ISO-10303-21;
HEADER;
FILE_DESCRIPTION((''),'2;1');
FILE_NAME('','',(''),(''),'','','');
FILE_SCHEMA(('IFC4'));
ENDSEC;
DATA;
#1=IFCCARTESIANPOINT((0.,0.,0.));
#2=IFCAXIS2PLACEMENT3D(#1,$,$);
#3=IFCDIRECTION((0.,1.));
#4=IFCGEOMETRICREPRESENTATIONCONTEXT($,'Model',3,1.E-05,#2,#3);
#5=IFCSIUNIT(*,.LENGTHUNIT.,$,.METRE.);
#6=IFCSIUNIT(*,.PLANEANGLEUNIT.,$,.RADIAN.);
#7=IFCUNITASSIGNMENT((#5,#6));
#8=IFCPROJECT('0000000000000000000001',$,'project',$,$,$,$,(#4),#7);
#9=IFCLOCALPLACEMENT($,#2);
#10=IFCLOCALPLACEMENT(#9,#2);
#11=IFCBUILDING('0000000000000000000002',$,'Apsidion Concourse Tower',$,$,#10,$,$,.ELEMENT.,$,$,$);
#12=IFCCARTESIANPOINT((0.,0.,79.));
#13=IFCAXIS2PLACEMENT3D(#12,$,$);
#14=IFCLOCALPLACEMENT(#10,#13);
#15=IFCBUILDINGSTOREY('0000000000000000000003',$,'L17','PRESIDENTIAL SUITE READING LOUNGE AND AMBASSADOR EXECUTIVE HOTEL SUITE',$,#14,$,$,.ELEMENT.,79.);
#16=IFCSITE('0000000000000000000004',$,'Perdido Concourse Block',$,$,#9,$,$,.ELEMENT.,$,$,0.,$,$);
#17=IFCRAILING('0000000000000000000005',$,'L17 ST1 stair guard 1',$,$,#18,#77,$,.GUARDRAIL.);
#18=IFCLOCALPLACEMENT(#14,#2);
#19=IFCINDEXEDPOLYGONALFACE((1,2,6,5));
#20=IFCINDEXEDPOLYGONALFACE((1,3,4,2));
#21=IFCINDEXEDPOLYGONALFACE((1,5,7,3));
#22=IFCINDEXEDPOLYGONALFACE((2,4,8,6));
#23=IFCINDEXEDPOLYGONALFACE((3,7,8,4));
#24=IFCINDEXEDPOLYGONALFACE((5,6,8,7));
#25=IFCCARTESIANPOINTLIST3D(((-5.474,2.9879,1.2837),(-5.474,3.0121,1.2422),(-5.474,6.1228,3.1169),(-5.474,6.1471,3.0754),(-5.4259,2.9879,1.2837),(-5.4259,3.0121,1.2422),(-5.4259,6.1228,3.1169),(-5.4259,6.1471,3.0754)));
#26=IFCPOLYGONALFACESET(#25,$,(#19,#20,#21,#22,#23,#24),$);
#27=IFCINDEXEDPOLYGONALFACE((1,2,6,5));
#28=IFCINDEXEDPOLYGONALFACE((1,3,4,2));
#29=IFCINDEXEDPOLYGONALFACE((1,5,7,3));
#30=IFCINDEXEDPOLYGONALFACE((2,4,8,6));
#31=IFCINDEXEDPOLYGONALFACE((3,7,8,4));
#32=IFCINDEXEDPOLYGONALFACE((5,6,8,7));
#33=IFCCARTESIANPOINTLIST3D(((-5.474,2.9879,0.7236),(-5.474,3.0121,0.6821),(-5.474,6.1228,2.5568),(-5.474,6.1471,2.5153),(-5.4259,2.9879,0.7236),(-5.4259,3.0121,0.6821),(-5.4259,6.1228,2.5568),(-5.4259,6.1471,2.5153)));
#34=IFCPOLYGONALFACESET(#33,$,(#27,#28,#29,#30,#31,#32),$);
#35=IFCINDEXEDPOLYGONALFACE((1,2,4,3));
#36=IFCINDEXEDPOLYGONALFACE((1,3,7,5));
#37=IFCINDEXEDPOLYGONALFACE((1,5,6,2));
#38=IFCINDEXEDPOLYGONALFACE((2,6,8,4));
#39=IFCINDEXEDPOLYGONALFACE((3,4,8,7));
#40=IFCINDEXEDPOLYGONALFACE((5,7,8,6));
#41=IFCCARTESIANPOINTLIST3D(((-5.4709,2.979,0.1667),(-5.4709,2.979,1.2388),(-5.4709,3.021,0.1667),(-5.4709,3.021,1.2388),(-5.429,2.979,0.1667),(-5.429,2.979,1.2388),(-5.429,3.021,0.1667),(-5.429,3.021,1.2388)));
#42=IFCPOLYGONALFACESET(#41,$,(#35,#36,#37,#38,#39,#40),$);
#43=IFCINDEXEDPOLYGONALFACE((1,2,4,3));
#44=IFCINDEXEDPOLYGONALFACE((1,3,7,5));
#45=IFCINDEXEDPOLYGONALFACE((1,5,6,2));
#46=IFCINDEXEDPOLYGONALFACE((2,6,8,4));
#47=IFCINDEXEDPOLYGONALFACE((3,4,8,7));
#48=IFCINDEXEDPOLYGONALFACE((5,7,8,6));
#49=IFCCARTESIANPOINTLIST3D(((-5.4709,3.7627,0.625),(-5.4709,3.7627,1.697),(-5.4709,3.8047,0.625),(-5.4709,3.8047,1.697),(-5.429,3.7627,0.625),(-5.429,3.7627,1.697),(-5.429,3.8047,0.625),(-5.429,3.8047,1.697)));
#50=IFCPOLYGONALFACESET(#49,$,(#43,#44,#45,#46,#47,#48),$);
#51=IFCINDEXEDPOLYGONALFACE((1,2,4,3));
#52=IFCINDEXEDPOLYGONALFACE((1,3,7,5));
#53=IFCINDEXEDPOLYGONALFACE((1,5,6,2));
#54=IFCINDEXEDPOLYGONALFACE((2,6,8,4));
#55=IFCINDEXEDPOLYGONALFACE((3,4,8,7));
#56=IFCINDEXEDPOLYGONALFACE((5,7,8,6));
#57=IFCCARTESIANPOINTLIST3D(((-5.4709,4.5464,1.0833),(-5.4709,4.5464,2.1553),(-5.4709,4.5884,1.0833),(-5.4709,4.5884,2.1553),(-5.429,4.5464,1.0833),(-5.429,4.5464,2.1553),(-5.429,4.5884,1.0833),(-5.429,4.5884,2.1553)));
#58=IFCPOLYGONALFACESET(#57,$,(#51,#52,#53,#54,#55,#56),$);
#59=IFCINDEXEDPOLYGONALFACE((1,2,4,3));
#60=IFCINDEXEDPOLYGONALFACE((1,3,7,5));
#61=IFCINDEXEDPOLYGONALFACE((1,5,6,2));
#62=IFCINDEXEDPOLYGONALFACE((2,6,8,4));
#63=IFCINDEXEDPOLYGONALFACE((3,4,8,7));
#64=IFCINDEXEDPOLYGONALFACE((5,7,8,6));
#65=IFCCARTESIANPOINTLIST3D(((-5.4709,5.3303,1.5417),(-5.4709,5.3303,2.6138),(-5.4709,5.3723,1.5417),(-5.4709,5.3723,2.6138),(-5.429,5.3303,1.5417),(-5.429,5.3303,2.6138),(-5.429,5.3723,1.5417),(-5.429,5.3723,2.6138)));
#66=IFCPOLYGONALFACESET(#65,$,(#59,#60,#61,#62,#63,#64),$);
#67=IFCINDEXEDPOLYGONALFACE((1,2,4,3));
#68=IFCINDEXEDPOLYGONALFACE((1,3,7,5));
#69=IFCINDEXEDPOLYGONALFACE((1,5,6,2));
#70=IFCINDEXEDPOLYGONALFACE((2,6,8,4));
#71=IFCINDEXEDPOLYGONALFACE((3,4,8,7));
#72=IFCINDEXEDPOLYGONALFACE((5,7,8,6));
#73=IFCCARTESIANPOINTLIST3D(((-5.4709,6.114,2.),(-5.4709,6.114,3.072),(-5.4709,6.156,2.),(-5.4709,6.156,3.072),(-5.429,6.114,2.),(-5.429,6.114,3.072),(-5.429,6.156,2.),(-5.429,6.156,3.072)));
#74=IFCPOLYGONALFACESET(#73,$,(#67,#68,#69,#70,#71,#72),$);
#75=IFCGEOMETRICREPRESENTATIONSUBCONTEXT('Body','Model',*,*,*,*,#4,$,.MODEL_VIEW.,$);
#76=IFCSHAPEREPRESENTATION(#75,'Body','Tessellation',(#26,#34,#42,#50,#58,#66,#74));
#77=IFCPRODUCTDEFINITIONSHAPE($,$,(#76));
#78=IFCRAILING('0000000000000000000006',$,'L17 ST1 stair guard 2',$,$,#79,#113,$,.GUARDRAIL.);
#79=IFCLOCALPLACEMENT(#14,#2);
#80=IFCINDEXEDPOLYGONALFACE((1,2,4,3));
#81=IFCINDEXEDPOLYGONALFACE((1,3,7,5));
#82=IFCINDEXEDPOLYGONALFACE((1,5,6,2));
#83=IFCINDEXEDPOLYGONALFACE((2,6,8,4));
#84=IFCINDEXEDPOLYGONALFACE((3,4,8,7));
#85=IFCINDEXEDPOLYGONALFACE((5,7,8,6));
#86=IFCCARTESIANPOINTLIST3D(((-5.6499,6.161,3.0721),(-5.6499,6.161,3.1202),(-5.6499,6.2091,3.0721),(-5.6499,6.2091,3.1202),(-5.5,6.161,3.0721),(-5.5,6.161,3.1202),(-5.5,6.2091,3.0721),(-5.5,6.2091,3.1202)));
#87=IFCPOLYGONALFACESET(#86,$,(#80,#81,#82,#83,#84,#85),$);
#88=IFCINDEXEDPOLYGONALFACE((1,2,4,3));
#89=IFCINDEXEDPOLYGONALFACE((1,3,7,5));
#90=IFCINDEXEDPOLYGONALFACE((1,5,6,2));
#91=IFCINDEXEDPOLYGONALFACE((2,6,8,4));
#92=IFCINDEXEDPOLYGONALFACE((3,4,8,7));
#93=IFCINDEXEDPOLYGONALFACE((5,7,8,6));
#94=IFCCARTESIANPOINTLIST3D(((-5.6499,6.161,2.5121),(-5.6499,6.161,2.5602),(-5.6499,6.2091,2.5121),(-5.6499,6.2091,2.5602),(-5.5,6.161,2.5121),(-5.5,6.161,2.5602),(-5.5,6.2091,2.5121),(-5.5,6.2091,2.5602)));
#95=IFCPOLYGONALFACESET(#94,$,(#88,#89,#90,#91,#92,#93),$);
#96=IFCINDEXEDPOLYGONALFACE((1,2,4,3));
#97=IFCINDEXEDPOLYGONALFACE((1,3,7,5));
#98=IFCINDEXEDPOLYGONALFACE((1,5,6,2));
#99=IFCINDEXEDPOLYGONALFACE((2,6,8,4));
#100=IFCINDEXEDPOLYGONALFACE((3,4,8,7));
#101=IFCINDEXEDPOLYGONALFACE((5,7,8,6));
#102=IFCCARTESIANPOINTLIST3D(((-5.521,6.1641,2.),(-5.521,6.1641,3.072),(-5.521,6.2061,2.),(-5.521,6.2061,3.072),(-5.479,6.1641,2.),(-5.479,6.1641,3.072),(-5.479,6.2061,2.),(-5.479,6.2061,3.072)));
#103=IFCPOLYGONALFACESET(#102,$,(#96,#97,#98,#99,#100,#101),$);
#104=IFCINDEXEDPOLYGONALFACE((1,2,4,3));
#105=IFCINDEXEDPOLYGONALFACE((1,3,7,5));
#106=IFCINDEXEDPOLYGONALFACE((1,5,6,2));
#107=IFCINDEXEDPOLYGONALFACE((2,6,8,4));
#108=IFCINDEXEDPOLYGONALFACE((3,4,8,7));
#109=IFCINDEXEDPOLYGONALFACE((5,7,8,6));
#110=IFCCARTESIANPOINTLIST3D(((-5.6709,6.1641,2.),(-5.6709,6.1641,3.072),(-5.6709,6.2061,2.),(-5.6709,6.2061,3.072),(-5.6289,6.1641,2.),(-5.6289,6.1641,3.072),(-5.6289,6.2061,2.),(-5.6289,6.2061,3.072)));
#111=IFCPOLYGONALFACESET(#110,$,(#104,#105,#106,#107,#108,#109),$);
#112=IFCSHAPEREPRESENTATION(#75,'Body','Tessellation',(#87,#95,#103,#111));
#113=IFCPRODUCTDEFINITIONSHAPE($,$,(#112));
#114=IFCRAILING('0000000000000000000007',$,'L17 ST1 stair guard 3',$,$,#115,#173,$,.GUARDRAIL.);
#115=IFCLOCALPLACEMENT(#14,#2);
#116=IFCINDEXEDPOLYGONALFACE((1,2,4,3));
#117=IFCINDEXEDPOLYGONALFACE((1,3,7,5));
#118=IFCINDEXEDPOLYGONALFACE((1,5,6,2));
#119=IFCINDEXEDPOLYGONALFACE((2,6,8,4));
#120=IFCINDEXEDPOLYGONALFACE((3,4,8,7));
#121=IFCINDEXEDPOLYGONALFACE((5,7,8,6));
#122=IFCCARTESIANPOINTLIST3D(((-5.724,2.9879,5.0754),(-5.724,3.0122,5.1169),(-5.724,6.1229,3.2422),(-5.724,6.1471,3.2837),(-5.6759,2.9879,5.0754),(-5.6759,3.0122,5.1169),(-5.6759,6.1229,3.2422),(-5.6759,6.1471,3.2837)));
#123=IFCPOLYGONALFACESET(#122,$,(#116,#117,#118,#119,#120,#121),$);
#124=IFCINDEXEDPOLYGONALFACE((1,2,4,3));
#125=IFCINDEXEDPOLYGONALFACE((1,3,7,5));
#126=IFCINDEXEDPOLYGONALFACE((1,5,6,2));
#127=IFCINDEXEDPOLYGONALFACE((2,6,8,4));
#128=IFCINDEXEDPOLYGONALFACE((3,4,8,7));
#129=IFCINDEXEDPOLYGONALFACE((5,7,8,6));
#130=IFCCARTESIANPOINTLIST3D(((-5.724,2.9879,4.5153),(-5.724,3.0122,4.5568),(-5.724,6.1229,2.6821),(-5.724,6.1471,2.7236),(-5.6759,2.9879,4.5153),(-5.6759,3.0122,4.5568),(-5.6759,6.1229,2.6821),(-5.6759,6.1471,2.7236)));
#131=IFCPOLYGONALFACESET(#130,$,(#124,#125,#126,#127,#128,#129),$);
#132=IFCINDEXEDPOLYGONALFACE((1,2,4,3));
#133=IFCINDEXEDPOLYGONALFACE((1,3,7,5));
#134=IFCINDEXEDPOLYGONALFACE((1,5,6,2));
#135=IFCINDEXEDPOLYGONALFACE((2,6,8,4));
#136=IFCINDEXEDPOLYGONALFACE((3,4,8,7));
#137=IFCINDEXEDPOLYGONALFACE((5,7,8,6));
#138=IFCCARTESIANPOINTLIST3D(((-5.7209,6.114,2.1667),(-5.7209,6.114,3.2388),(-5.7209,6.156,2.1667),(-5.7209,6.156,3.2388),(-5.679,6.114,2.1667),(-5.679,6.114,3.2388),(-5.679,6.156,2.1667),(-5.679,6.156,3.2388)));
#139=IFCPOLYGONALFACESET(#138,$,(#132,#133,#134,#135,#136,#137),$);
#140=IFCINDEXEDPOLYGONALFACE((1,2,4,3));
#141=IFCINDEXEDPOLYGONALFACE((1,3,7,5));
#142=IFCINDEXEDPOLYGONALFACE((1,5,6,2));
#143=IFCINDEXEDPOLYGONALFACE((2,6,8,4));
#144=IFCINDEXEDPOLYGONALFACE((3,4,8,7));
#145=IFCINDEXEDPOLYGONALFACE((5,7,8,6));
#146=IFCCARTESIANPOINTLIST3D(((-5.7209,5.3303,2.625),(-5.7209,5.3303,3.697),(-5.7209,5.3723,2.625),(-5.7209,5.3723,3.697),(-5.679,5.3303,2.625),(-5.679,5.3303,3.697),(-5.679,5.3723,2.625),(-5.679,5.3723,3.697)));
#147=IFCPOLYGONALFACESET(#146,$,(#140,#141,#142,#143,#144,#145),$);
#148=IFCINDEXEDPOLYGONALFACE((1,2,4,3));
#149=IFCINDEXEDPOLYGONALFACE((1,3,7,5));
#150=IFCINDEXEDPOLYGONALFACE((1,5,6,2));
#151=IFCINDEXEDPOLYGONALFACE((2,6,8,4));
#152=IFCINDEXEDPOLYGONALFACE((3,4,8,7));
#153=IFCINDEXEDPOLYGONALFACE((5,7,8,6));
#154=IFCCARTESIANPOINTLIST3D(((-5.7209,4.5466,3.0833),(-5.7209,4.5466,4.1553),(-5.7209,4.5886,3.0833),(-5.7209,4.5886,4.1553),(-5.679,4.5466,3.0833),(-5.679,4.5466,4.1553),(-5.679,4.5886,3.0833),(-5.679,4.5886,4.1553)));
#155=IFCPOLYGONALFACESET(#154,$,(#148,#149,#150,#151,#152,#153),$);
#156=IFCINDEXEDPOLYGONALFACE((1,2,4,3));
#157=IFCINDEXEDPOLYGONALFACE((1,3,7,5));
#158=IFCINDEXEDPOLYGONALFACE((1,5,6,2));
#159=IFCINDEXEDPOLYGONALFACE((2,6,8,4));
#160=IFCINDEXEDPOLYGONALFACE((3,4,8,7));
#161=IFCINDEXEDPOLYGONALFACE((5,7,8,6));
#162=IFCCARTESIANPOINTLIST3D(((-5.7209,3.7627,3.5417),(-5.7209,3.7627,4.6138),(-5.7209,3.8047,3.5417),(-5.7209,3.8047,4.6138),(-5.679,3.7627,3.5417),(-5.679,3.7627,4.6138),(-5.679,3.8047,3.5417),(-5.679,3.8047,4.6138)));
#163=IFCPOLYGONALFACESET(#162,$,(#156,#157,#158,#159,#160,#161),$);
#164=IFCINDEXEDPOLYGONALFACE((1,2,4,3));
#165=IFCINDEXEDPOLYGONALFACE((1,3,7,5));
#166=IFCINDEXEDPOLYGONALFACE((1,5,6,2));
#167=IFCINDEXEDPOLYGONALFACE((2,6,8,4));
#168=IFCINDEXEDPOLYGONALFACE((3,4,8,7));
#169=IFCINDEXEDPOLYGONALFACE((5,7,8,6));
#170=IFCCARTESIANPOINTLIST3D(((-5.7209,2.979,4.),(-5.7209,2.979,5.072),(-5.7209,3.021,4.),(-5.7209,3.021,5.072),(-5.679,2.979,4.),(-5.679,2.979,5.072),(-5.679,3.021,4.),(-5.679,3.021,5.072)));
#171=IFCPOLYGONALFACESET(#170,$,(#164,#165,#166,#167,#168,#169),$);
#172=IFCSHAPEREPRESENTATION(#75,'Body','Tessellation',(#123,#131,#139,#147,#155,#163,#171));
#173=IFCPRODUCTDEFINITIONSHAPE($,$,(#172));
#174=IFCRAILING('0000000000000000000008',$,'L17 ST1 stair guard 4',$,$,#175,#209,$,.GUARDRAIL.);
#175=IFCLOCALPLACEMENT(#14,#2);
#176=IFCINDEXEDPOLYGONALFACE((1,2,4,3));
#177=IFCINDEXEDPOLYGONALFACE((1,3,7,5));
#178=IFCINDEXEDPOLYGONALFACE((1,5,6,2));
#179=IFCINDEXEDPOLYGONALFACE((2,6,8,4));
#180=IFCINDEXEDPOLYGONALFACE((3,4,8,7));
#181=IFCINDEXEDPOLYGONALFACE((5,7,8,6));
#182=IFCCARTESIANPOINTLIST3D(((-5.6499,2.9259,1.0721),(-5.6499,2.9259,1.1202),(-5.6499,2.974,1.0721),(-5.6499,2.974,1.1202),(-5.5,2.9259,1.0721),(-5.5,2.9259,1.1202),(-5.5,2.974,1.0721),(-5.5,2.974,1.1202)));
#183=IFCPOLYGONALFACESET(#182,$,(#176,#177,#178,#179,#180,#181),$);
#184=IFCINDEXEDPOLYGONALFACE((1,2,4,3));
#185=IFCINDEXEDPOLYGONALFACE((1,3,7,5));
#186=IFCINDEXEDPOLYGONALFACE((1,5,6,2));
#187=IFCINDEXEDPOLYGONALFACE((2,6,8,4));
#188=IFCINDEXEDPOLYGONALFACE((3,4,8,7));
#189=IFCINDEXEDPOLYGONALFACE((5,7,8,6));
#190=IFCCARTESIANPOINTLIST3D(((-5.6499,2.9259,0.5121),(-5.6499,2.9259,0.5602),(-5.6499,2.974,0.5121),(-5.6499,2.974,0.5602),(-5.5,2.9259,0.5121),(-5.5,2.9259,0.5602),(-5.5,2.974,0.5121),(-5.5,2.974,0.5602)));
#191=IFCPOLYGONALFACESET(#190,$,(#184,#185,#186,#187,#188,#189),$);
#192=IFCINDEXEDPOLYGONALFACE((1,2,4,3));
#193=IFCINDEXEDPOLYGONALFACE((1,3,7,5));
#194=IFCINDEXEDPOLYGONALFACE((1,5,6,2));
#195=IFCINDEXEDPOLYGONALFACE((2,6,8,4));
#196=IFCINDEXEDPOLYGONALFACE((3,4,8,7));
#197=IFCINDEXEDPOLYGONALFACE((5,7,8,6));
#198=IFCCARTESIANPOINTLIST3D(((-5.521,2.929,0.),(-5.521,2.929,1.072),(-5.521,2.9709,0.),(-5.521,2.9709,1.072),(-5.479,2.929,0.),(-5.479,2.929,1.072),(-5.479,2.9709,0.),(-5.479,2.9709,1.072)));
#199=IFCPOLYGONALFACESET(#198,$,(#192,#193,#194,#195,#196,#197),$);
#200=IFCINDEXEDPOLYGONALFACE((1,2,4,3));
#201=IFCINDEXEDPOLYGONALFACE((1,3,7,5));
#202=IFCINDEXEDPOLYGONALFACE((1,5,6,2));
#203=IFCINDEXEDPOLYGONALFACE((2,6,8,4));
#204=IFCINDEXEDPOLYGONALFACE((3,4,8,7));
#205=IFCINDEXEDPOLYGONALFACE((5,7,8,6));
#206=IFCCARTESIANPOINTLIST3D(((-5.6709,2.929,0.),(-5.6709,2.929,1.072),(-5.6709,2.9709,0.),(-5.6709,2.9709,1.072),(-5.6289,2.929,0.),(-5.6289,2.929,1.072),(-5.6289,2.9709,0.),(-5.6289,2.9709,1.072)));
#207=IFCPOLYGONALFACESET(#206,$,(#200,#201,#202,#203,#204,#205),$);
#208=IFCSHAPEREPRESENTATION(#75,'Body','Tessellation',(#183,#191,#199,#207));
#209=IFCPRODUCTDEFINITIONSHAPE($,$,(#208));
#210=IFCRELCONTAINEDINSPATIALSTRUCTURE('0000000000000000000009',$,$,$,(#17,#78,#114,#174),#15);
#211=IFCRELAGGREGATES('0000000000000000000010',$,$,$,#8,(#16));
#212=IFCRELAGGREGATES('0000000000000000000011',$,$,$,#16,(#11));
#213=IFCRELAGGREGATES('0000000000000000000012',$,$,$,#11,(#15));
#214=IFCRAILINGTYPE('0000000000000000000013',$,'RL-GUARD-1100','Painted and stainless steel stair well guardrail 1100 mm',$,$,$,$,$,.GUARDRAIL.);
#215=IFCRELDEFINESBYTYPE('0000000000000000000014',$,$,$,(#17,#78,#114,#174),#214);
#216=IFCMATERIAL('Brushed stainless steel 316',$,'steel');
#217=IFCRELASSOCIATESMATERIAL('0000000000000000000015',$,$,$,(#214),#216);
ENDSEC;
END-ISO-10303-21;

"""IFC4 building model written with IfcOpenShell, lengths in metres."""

from ifc_helpers import new_model, si_unit, direction, frame, origin, origin_2d, place, context, subcontext, project, spatial, rectangle, extrude, material, type_object, element, save


model = new_model("IFC4")

# Units and contexts
model_context = context("Model", 3, precision=1e-05, world=origin(), true_north=direction((0.0, 1.0)))
body_context = subcontext(model_context, "Body", "Model", "MODEL_VIEW")
ifc_project = project(units=[si_unit("LENGTHUNIT", "METRE"), si_unit("PLANEANGLEUNIT", "RADIAN")], contexts=[model_context])

# Site, building, storey
site_placement = place(None, origin())
site = spatial("IfcSite", under=ifc_project, at=site_placement, Name="Perdido Concourse Block", CompositionType="ELEMENT", RefElevation=0.0)
building_placement = place(site_placement, origin())
building = spatial("IfcBuilding", under=site, at=building_placement, Name="Apsidion Concourse Tower", CompositionType="ELEMENT")
storey_placement = place(building_placement, frame((0.0, 0.0, 79.0)))
storey = spatial("IfcBuildingStorey", under=building, at=storey_placement, Name="L17", Description="PRESIDENTIAL SUITE READING LOUNGE AND AMBASSADOR EXECUTIVE HOTEL SUITE", CompositionType="ELEMENT", Elevation=79.0)

# Shared definitions
ifc_material_1 = material(Name="Brushed stainless steel 316", Category="steel")

# Railings
railing_type_1 = type_object("IfcRailingType", Name="RL-GUARD-1100", Description="Painted and stainless steel stair well guardrail 1100 mm", PredefinedType="GUARDRAIL", material=ifc_material_1)
railing_1_placement = place(storey_placement, frame((-5.45, 3.0, 0.1667)))
element("IfcRailing", 1, at=railing_1_placement, inside=storey, type_object=railing_type_1, Name="L17 ST1 stair guard 1", PredefinedType="GUARDRAIL", context=body_context, shape_type="SweptSolid", body=[
    extrude(rectangle(XDim=0.0481, YDim=0.0481, at=origin_2d()), frame((0.0, 0.0, 1.0962), z_axis=(0.0, 0.86324, 0.504794), x_axis=(-1.0, 0.0, 0.0)), (0.0, 0.0, 1.0), 3.6316),
    extrude(rectangle(XDim=0.0481, YDim=0.0481, at=origin_2d()), frame((0.0, 0.0, 0.5361), z_axis=(0.0, 0.86324, 0.504794), x_axis=(-1.0, 0.0, 0.0)), (0.0, 0.0, 1.0), 3.6316),
    extrude(rectangle(XDim=0.042, YDim=0.042, at=origin_2d()), origin(), (0.0, 0.0, 1.0), 1.072),
    extrude(rectangle(XDim=0.042, YDim=0.042, at=origin_2d()), frame((0.0, 0.7837, 0.4583)), (0.0, 0.0, 1.0), 1.072),
    extrude(rectangle(XDim=0.042, YDim=0.042, at=origin_2d()), frame((0.0, 1.5674, 0.9165)), (0.0, 0.0, 1.0), 1.072),
    extrude(rectangle(XDim=0.042, YDim=0.042, at=origin_2d()), frame((0.0, 2.3513, 1.375)), (0.0, 0.0, 1.0), 1.072),
    extrude(rectangle(XDim=0.042, YDim=0.042, at=origin_2d()), frame((0.0, 3.135, 1.8333)), (0.0, 0.0, 1.0), 1.072),
])
railing_2_placement = place(storey_placement, frame((-5.5, 6.1851, 2.0)))
element("IfcRailing", 2, at=railing_2_placement, inside=storey, type_object=railing_type_1, Name="L17 ST1 stair guard 2", PredefinedType="GUARDRAIL", context=body_context, shape_type="SweptSolid", body=[
    extrude(rectangle(XDim=0.0481, YDim=0.0481, at=origin_2d()), frame((0.0, 0.0, 1.0962), z_axis=(-1.0, 0.0, 0.0), x_axis=(0.0, -1.0, 0.0)), (0.0, 0.0, 1.0), 0.1499),
    extrude(rectangle(XDim=0.0481, YDim=0.0481, at=origin_2d()), frame((0.0, 0.0, 0.5361), z_axis=(-1.0, 0.0, 0.0), x_axis=(0.0, -1.0, 0.0)), (0.0, 0.0, 1.0), 0.1499),
    extrude(rectangle(XDim=0.042, YDim=0.042, at=origin_2d()), origin(), (0.0, 0.0, 1.0), 1.072),
    extrude(rectangle(XDim=0.042, YDim=0.042, at=origin_2d()), frame((-0.1499, 0.0, 0.0)), (0.0, 0.0, 1.0), 1.072),
])
railing_3_placement = place(storey_placement, frame((-5.7, 6.135, 2.1667)))
element("IfcRailing", 3, at=railing_3_placement, inside=storey, type_object=railing_type_1, Name="L17 ST1 stair guard 3", PredefinedType="GUARDRAIL", context=body_context, shape_type="SweptSolid", body=[
    extrude(rectangle(XDim=0.0481, YDim=0.0481, at=origin_2d()), frame((0.0, 0.0, 1.0962), z_axis=(0.0, -0.86324, 0.504794), x_axis=(1.0, 0.0, 0.0)), (0.0, 0.0, 1.0), 3.6316),
    extrude(rectangle(XDim=0.0481, YDim=0.0481, at=origin_2d()), frame((0.0, 0.0, 0.5361), z_axis=(0.0, -0.86324, 0.504794), x_axis=(1.0, 0.0, 0.0)), (0.0, 0.0, 1.0), 3.6316),
    extrude(rectangle(XDim=0.042, YDim=0.042, at=origin_2d()), origin(), (0.0, 0.0, 1.0), 1.072),
    extrude(rectangle(XDim=0.042, YDim=0.042, at=origin_2d()), frame((0.0, -0.7837, 0.4583)), (0.0, 0.0, 1.0), 1.072),
    extrude(rectangle(XDim=0.042, YDim=0.042, at=origin_2d()), frame((0.0, -1.5674, 0.9165)), (0.0, 0.0, 1.0), 1.072),
    extrude(rectangle(XDim=0.042, YDim=0.042, at=origin_2d()), frame((0.0, -2.3513, 1.375)), (0.0, 0.0, 1.0), 1.072),
    extrude(rectangle(XDim=0.042, YDim=0.042, at=origin_2d()), frame((0.0, -3.135, 1.8333)), (0.0, 0.0, 1.0), 1.072),
])
railing_4_placement = place(storey_placement, frame((-5.5, 2.95, 0.0)))
element("IfcRailing", 4, at=railing_4_placement, inside=storey, type_object=railing_type_1, Name="L17 ST1 stair guard 4", PredefinedType="GUARDRAIL", context=body_context, shape_type="SweptSolid", body=[
    extrude(rectangle(XDim=0.0481, YDim=0.0481, at=origin_2d()), frame((0.0, 0.0, 1.0962), z_axis=(-1.0, 0.0, 0.0), x_axis=(0.0, -1.0, 0.0)), (0.0, 0.0, 1.0), 0.1499),
    extrude(rectangle(XDim=0.0481, YDim=0.0481, at=origin_2d()), frame((0.0, 0.0, 0.5361), z_axis=(-1.0, 0.0, 0.0), x_axis=(0.0, -1.0, 0.0)), (0.0, 0.0, 1.0), 0.1499),
    extrude(rectangle(XDim=0.042, YDim=0.042, at=origin_2d()), origin(), (0.0, 0.0, 1.0), 1.072),
    extrude(rectangle(XDim=0.042, YDim=0.042, at=origin_2d()), frame((-0.1499, 0.0, 0.0)), (0.0, 0.0, 1.0), 1.072),
])

save(model, "model.ifc")
